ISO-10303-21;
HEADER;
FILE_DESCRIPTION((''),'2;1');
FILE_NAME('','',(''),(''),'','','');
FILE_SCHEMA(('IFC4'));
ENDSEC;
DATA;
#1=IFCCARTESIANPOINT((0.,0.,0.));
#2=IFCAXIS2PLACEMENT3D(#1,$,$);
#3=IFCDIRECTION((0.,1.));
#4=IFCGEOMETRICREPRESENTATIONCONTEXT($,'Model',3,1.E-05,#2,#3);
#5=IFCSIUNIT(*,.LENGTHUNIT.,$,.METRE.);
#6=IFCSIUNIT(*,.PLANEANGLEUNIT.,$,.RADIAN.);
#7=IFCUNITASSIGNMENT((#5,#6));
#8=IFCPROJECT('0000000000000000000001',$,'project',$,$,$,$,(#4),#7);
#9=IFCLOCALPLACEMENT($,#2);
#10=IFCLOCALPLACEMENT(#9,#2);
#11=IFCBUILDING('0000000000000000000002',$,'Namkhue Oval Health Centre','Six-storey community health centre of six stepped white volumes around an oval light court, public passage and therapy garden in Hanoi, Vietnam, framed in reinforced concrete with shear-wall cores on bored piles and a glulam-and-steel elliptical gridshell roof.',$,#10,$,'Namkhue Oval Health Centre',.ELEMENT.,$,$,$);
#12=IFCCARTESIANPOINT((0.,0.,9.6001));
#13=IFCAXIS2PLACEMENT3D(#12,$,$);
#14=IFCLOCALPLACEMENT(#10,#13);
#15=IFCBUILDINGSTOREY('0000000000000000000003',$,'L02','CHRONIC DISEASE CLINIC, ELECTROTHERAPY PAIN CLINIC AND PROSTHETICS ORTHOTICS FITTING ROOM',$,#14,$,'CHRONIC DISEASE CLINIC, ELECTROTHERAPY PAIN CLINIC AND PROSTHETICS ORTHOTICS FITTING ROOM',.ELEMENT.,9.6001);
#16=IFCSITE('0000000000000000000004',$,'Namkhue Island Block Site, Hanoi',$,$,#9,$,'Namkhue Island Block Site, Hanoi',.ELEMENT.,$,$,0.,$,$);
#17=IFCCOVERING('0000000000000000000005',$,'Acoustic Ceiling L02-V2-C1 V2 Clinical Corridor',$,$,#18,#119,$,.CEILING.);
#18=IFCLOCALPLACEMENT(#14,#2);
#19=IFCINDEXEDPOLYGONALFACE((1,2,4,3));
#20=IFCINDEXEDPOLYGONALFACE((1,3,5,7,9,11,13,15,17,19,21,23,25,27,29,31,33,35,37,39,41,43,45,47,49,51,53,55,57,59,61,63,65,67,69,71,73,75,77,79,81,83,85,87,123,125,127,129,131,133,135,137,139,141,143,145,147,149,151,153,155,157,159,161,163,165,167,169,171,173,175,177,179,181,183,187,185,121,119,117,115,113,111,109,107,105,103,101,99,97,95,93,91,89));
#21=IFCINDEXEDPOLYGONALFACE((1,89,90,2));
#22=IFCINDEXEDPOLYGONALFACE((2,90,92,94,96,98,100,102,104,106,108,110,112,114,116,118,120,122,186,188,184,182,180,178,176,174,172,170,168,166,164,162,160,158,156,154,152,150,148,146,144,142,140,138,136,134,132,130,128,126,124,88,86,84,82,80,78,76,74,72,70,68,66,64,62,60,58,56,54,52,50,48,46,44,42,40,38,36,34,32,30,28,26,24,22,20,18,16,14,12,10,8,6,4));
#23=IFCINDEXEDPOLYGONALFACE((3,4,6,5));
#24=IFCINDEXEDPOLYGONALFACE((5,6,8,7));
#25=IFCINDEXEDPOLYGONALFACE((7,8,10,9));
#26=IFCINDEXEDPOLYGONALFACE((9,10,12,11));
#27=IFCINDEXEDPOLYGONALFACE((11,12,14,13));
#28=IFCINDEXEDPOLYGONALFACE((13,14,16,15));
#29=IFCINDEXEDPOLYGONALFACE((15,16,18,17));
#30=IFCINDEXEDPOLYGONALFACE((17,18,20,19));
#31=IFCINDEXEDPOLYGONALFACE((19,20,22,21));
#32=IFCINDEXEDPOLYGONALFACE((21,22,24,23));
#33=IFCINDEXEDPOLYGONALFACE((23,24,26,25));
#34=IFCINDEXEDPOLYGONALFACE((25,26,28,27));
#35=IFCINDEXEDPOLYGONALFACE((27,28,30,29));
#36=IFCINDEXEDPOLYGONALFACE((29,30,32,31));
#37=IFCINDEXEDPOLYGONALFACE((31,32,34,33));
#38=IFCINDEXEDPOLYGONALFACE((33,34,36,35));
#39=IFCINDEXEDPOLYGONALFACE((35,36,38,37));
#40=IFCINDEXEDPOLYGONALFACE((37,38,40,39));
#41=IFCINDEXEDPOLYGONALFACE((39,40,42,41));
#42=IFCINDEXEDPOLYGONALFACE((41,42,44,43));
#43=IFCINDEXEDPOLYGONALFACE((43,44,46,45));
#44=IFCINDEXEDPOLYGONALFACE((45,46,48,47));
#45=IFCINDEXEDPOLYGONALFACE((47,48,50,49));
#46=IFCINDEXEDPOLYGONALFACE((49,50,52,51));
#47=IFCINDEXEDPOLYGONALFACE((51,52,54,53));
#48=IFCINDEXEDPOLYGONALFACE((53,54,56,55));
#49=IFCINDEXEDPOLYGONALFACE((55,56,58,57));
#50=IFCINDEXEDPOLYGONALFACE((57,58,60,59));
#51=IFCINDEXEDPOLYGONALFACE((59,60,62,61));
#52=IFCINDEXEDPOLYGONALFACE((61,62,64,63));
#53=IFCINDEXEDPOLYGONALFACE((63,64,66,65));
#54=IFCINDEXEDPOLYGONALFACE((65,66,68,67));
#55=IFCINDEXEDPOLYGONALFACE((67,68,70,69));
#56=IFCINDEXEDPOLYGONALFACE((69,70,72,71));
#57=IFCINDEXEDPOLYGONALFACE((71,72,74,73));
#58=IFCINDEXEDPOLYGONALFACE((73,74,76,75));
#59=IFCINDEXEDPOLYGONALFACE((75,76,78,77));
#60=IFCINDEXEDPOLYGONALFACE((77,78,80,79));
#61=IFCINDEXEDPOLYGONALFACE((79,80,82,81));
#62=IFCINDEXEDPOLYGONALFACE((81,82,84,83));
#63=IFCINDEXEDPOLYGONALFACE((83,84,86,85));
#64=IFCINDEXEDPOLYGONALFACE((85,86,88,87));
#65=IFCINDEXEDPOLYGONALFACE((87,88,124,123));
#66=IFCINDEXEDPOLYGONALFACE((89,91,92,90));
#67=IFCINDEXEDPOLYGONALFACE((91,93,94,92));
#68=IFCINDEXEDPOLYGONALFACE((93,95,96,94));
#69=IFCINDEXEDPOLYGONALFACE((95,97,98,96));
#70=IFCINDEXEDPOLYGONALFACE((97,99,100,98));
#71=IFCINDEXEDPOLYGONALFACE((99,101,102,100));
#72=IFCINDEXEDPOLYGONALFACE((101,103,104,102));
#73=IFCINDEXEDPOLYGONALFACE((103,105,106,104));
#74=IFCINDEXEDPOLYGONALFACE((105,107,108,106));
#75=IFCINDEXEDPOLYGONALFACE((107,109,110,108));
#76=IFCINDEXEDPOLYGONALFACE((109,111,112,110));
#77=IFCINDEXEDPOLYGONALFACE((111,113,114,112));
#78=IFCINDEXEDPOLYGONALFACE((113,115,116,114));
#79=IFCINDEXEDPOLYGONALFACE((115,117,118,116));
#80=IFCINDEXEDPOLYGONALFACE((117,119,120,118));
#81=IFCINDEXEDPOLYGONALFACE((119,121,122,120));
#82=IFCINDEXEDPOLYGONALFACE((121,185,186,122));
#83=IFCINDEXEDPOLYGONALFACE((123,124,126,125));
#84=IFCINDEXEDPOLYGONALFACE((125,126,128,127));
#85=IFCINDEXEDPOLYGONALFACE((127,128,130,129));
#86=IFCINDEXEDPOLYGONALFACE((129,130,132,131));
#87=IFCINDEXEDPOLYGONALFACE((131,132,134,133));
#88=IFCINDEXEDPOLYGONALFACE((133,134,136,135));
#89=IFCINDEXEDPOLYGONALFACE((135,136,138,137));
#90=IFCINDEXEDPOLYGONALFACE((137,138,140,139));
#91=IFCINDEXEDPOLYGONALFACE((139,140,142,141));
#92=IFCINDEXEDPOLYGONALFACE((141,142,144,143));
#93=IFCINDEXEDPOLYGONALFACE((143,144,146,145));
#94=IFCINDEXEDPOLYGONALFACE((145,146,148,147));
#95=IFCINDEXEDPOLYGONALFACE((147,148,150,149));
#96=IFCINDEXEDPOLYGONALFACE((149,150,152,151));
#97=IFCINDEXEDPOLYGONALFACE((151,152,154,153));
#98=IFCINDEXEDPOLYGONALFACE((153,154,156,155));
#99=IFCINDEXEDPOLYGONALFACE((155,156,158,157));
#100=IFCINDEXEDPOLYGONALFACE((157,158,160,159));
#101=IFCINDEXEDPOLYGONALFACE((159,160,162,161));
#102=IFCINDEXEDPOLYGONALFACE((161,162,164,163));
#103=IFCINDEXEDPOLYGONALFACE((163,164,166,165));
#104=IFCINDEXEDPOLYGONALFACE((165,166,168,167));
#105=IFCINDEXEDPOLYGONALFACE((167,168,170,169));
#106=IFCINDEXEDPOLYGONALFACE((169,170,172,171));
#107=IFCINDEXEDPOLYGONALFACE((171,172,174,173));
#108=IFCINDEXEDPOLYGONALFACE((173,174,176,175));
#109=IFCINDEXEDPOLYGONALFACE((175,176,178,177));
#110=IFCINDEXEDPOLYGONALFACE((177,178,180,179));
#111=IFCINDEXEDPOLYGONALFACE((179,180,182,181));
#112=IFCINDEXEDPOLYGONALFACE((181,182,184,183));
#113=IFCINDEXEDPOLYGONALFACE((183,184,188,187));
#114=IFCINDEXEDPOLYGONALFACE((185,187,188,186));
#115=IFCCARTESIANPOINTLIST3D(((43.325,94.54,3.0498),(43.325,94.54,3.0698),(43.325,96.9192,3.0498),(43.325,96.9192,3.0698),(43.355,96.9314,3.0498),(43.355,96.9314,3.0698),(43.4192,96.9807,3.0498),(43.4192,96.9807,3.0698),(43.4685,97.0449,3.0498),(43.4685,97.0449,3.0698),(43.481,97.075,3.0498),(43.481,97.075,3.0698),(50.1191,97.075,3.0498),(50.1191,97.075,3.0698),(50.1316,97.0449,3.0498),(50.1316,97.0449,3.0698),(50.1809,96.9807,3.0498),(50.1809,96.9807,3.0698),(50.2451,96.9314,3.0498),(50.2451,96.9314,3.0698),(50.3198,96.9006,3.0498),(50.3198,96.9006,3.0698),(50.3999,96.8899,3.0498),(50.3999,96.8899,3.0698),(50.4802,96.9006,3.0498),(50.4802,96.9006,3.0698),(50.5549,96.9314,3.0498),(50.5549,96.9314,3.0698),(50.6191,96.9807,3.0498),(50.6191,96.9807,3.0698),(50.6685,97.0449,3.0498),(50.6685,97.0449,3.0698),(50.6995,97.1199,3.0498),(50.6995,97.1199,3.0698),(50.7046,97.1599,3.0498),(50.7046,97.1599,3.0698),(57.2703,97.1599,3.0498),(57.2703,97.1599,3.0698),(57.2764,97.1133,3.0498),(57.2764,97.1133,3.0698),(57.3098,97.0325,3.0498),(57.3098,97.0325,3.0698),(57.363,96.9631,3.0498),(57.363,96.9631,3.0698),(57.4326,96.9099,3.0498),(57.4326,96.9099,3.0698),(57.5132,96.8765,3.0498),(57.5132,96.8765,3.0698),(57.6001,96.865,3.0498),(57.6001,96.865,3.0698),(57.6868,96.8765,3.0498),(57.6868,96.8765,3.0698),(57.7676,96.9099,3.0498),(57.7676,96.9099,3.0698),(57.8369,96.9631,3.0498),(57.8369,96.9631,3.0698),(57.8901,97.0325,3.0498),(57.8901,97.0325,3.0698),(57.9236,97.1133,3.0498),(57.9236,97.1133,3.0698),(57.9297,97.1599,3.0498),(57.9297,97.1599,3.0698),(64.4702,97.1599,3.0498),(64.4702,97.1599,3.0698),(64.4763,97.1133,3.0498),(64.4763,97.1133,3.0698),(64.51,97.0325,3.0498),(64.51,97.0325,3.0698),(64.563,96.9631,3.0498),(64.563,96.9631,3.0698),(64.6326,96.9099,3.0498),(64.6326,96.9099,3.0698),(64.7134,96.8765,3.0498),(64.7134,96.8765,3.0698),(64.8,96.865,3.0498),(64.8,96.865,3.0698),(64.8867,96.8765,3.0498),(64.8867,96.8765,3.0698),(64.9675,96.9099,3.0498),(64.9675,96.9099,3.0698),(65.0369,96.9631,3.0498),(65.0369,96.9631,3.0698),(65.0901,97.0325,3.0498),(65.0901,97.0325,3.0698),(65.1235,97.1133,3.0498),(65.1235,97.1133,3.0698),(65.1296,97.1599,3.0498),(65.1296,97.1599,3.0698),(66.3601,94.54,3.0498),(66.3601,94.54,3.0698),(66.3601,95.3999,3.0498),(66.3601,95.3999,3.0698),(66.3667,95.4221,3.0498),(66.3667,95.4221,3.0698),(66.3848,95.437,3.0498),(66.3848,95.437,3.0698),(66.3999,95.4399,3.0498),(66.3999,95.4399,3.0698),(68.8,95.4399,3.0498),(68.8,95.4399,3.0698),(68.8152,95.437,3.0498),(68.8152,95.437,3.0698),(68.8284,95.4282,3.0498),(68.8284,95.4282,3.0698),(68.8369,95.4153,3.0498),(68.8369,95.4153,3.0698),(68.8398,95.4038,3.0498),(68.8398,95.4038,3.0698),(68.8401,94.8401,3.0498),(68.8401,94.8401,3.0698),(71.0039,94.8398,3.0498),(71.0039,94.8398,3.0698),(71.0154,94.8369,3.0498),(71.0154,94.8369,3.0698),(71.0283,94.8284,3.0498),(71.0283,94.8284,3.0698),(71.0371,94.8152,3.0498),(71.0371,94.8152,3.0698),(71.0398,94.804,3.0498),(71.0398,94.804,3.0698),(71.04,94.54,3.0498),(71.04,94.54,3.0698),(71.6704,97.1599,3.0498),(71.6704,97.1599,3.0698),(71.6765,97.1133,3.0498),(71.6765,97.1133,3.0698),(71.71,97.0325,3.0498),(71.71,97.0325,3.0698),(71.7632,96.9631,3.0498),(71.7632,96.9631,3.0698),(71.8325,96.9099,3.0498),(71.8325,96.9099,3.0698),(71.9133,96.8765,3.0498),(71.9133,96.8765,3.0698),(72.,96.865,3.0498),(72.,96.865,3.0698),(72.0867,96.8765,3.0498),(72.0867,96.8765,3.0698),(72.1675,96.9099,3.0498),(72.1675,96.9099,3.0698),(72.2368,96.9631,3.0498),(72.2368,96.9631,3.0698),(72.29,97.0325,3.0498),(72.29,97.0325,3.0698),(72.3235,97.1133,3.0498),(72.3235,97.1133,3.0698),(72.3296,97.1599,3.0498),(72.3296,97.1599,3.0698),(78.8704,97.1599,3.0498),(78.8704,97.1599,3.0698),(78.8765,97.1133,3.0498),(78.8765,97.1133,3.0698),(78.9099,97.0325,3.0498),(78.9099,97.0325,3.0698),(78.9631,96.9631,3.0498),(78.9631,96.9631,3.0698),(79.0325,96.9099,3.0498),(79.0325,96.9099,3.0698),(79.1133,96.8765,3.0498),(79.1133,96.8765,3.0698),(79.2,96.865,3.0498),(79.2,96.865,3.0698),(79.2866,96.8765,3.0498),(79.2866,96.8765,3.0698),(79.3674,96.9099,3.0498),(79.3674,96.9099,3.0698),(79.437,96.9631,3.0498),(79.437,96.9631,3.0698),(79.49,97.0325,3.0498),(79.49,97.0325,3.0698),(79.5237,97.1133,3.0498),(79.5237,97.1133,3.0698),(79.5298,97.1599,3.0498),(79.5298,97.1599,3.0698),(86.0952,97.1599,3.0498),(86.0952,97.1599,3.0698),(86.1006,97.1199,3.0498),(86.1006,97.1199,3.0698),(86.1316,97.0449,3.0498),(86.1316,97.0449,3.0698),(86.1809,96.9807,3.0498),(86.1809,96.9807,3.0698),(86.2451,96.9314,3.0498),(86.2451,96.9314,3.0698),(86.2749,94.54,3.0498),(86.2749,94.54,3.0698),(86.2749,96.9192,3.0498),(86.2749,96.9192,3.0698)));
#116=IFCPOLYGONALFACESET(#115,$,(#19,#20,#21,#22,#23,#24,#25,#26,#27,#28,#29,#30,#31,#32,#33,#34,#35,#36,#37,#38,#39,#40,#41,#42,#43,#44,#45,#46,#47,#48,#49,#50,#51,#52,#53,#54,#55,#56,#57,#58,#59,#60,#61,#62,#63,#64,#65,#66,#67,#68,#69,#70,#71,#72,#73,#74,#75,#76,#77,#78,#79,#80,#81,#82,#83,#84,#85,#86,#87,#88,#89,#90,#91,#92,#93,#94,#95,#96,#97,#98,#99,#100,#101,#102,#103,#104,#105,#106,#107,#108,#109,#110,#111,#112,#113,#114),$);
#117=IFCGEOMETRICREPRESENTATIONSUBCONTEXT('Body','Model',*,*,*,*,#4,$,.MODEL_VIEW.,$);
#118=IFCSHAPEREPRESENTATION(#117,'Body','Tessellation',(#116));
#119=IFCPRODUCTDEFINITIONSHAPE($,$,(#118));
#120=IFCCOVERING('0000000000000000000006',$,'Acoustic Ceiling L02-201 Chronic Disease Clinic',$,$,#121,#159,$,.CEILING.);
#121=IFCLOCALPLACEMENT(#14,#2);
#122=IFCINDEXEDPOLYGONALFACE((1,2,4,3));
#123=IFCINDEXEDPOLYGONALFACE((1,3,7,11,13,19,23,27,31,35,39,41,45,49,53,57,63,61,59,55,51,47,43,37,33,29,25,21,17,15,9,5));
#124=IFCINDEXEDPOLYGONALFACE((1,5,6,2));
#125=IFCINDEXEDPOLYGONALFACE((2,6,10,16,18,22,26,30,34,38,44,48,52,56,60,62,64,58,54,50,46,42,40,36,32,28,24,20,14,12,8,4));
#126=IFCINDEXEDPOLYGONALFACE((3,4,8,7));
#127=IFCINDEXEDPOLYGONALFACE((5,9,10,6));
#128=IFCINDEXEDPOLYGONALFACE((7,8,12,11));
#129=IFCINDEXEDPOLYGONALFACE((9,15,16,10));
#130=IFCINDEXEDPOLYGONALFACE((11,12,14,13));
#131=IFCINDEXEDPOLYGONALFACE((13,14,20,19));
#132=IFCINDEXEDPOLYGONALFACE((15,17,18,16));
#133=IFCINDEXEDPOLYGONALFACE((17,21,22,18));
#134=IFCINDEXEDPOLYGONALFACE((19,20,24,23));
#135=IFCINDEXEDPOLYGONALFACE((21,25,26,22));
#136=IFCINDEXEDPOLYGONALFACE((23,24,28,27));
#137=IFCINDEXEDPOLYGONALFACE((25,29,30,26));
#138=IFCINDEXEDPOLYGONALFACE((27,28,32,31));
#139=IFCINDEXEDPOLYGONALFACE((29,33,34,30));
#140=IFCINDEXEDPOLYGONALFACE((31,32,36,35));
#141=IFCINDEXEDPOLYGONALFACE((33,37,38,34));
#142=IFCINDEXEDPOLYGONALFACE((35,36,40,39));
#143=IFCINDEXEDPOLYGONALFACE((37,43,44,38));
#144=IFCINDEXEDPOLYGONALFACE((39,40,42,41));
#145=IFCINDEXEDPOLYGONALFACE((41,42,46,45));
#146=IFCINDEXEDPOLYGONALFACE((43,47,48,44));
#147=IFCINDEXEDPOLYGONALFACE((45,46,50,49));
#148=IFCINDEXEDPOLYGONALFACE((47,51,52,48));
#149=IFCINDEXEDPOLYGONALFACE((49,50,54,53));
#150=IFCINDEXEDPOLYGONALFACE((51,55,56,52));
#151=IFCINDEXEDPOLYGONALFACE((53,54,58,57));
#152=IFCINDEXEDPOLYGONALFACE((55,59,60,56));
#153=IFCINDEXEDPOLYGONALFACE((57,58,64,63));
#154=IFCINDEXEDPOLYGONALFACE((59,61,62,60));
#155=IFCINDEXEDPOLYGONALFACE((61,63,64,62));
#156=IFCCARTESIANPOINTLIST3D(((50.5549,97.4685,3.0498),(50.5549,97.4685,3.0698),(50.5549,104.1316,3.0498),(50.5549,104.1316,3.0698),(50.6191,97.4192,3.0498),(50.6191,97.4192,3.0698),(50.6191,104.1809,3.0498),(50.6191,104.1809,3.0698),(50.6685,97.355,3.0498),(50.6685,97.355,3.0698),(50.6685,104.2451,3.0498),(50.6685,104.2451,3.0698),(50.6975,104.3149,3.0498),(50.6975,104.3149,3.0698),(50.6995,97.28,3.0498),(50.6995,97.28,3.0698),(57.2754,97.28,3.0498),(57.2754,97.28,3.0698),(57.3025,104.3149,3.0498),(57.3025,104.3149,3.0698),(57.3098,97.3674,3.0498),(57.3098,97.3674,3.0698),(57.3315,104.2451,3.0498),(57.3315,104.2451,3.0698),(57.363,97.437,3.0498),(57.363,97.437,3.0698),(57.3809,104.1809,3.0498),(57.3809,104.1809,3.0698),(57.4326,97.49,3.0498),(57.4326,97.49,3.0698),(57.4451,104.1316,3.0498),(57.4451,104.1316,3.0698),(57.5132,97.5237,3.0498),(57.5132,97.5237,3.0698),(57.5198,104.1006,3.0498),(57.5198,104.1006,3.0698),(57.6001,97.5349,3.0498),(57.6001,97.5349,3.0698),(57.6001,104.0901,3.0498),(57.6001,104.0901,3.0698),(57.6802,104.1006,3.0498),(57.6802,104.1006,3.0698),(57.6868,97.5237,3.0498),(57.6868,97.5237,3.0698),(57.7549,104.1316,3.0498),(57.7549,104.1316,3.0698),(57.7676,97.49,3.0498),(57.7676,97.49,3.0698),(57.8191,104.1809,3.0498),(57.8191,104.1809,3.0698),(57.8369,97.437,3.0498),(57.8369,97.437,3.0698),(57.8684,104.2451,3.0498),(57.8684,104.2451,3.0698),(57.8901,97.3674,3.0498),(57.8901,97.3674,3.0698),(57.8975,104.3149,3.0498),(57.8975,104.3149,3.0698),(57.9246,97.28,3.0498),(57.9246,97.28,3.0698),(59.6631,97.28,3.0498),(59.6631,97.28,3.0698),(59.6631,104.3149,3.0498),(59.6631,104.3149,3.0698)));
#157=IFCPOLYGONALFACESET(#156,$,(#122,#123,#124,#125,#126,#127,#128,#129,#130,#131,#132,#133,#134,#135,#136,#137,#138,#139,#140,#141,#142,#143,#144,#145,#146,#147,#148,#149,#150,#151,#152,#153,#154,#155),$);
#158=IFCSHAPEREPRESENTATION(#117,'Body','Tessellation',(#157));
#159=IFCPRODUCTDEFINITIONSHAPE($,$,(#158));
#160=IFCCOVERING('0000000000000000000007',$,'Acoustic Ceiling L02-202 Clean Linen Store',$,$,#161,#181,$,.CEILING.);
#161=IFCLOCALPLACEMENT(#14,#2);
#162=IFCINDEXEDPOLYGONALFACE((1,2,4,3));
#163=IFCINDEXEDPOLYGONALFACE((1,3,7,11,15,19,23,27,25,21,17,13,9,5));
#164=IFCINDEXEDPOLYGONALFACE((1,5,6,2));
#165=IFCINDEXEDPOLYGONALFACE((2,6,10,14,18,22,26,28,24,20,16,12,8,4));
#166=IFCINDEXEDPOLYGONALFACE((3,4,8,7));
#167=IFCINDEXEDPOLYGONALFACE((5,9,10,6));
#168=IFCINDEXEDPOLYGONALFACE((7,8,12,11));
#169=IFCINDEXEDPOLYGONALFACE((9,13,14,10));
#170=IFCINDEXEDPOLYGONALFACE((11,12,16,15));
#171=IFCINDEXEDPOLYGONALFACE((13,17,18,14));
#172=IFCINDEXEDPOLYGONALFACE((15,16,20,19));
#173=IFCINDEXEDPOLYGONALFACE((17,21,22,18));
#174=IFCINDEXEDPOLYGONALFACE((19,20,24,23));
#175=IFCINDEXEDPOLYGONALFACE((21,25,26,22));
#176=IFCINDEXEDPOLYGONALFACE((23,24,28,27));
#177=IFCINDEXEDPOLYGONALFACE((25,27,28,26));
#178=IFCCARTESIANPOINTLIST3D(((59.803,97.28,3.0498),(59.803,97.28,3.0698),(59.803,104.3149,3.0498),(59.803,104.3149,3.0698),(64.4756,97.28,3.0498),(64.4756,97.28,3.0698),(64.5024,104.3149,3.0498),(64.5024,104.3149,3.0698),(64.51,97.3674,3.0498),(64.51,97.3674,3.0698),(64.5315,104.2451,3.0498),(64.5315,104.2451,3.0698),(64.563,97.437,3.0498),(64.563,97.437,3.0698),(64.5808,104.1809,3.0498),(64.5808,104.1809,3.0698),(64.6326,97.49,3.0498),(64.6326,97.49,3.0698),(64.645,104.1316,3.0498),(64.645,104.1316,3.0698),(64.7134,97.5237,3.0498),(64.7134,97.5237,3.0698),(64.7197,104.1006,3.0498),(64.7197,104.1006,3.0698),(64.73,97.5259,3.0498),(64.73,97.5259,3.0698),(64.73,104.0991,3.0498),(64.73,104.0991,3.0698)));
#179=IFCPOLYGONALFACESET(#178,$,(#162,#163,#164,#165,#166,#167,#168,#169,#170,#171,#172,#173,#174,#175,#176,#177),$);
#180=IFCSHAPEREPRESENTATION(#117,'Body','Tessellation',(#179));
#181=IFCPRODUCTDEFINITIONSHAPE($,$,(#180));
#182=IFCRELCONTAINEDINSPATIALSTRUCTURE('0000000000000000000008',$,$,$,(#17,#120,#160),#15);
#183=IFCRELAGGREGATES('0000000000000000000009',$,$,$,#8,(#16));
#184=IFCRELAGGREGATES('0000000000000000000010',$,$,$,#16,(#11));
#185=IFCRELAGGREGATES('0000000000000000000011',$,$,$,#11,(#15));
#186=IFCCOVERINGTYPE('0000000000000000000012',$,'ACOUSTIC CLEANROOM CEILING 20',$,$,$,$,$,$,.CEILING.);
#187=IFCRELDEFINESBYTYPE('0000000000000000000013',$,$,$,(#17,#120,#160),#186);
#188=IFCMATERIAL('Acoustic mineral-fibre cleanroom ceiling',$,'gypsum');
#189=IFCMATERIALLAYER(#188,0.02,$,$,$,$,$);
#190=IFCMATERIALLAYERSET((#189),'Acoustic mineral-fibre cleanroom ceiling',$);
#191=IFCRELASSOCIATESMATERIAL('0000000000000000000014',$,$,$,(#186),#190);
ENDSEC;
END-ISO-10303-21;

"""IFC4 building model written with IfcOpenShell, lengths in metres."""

from ifc_helpers import new_model, si_unit, direction, frame, origin, place, context, subcontext, project, spatial, polyline, outline, extrude, material, layer, layer_set, type_object, element, save


model = new_model("IFC4")

# Units and contexts
model_context = context("Model", 3, precision=1e-05, world=origin(), true_north=direction((0.0, 1.0)))
body_context = subcontext(model_context, "Body", "Model", "MODEL_VIEW")
ifc_project = project(units=[si_unit("LENGTHUNIT", "METRE"), si_unit("PLANEANGLEUNIT", "RADIAN")], contexts=[model_context])

# Site, building, storey
site_placement = place(None, origin())
site = spatial("IfcSite", under=ifc_project, at=site_placement, Name="Namkhue Island Block Site, Hanoi", LongName="Namkhue Island Block Site, Hanoi", CompositionType="ELEMENT", RefElevation=0.0)
building_placement = place(site_placement, origin())
building = spatial("IfcBuilding", under=site, at=building_placement, Name="Namkhue Oval Health Centre", Description="Six-storey community health centre of six stepped white volumes around an oval light court, public passage and therapy garden in Hanoi, Vietnam, framed in reinforced concrete with shear-wall cores on bored piles and a glulam-and-steel elliptical gridshell roof.", LongName="Namkhue Oval Health Centre", CompositionType="ELEMENT")
storey_placement = place(building_placement, frame((0.0, 0.0, 9.6001)))
storey = spatial("IfcBuildingStorey", under=building, at=storey_placement, Name="L02", Description="CHRONIC DISEASE CLINIC, ELECTROTHERAPY PAIN CLINIC AND PROSTHETICS ORTHOTICS FITTING ROOM", LongName="CHRONIC DISEASE CLINIC, ELECTROTHERAPY PAIN CLINIC AND PROSTHETICS ORTHOTICS FITTING ROOM", CompositionType="ELEMENT", Elevation=9.6001)

# Coverings
ifc_material_1 = material(Name="Acoustic mineral-fibre cleanroom ceiling", Category="gypsum")
ifc_layer_1 = layer(ifc_material_1, 0.02)
ifc_layer_set_1 = layer_set([ifc_layer_1], Name="Acoustic mineral-fibre cleanroom ceiling")
covering_type_1 = type_object("IfcCoveringType", Name="ACOUSTIC CLEANROOM CEILING 20", PredefinedType="CEILING", material=ifc_layer_set_1)
covering_1_placement = place(storey_placement, frame((0.0, 0.0, 3.0498)))
element("IfcCovering", 1, at=covering_1_placement, inside=storey, type_object=covering_type_1, Name="Acoustic Ceiling L02-V2-C1 V2 Clinical Corridor", PredefinedType="CEILING", context=body_context, shape_type="SweptSolid", body=[
    extrude(outline(polyline([(57.2703, 97.1599), (57.2764, 97.1133), (57.3098, 97.0325), (57.363, 96.9631), (57.4326, 96.9099), (57.5132, 96.8765), (57.6001, 96.865), (57.6868, 96.8765), (57.7676, 96.9099), (57.8369, 96.9631), (57.8901, 97.0325), (57.9236, 97.1133), (57.9297, 97.1599), (64.4702, 97.1599), (64.4763, 97.1133), (64.51, 97.0325), (64.563, 96.9631), (64.6326, 96.9099), (64.7134, 96.8765), (64.8, 96.865), (64.8867, 96.8765), (64.9675, 96.9099), (65.0369, 96.9631), (65.0901, 97.0325), (65.1235, 97.1133), (65.1296, 97.1599), (71.6704, 97.1599), (71.6765, 97.1133), (71.71, 97.0325), (71.7632, 96.9631), (71.8325, 96.9099), (71.9133, 96.8765), (72.0, 96.865), (72.0867, 96.8765), (72.1675, 96.9099), (72.2368, 96.9631), (72.29, 97.0325), (72.3235, 97.1133), (72.3296, 97.1599), (78.8704, 97.1599), (78.8765, 97.1133), (78.9099, 97.0325), (78.9631, 96.9631), (79.0325, 96.9099), (79.1133, 96.8765), (79.2, 96.865), (79.2866, 96.8765), (79.3674, 96.9099), (79.437, 96.9631), (79.49, 97.0325), (79.5237, 97.1133), (79.5298, 97.1599), (86.0952, 97.1599), (86.1006, 97.1199), (86.1316, 97.0449), (86.1809, 96.9807), (86.2451, 96.9314), (86.2749, 96.9192), (86.2749, 94.54), (71.04, 94.54), (71.0398, 94.804), (71.0371, 94.8152), (71.0283, 94.8284), (71.0154, 94.8369), (71.0039, 94.8398), (68.8401, 94.8401), (68.8398, 95.4038), (68.8369, 95.4153), (68.8284, 95.4282), (68.8152, 95.437), (68.8, 95.4399), (66.3999, 95.4399), (66.3848, 95.437), (66.3667, 95.4221), (66.3601, 95.3999), (66.3601, 94.54), (43.325, 94.54), (43.325, 96.9192), (43.355, 96.9314), (43.4192, 96.9807), (43.4685, 97.0449), (43.481, 97.075), (50.1191, 97.075), (50.1316, 97.0449), (50.1809, 96.9807), (50.2451, 96.9314), (50.3198, 96.9006), (50.3999, 96.8899), (50.4802, 96.9006), (50.5549, 96.9314), (50.6191, 96.9807), (50.6685, 97.0449), (50.6995, 97.1199), (50.7046, 97.1599), (57.2703, 97.1599)])), origin(), (0.0, 0.0, 1.0), 0.02),
])
covering_2_placement = place(storey_placement, frame((0.0, 0.0, 3.0498)))
element("IfcCovering", 2, at=covering_2_placement, inside=storey, type_object=covering_type_1, Name="Acoustic Ceiling L02-201 Chronic Disease Clinic", PredefinedType="CEILING", context=body_context, shape_type="SweptSolid", body=[
    extrude(outline(polyline([(57.9246, 97.28), (57.8901, 97.3674), (57.8369, 97.437), (57.7676, 97.49), (57.6868, 97.5237), (57.6001, 97.5349), (57.5132, 97.5237), (57.4326, 97.49), (57.363, 97.437), (57.3098, 97.3674), (57.2754, 97.28), (50.6995, 97.28), (50.6685, 97.355), (50.6191, 97.4192), (50.5549, 97.4685), (50.5549, 104.1316), (50.6191, 104.1809), (50.6685, 104.2451), (50.6975, 104.3149), (57.3025, 104.3149), (57.3315, 104.2451), (57.3809, 104.1809), (57.4451, 104.1316), (57.5198, 104.1006), (57.6001, 104.0901), (57.6802, 104.1006), (57.7549, 104.1316), (57.8191, 104.1809), (57.8684, 104.2451), (57.8975, 104.3149), (59.6631, 104.3149), (59.6631, 97.28), (57.9246, 97.28)])), origin(), (0.0, 0.0, 1.0), 0.02),
])
covering_3_placement = place(storey_placement, frame((0.0, 0.0, 3.0498)))
element("IfcCovering", 3, at=covering_3_placement, inside=storey, type_object=covering_type_1, Name="Acoustic Ceiling L02-202 Clean Linen Store", PredefinedType="CEILING", context=body_context, shape_type="SweptSolid", body=[
    extrude(outline(polyline([(59.803, 97.28), (59.803, 104.3149), (64.5024, 104.3149), (64.5315, 104.2451), (64.5808, 104.1809), (64.645, 104.1316), (64.7197, 104.1006), (64.73, 104.0991), (64.73, 97.5259), (64.7134, 97.5237), (64.6326, 97.49), (64.563, 97.437), (64.51, 97.3674), (64.4756, 97.28), (59.803, 97.28)])), origin(), (0.0, 0.0, 1.0), 0.02),
])

save(model, "model.ifc")
